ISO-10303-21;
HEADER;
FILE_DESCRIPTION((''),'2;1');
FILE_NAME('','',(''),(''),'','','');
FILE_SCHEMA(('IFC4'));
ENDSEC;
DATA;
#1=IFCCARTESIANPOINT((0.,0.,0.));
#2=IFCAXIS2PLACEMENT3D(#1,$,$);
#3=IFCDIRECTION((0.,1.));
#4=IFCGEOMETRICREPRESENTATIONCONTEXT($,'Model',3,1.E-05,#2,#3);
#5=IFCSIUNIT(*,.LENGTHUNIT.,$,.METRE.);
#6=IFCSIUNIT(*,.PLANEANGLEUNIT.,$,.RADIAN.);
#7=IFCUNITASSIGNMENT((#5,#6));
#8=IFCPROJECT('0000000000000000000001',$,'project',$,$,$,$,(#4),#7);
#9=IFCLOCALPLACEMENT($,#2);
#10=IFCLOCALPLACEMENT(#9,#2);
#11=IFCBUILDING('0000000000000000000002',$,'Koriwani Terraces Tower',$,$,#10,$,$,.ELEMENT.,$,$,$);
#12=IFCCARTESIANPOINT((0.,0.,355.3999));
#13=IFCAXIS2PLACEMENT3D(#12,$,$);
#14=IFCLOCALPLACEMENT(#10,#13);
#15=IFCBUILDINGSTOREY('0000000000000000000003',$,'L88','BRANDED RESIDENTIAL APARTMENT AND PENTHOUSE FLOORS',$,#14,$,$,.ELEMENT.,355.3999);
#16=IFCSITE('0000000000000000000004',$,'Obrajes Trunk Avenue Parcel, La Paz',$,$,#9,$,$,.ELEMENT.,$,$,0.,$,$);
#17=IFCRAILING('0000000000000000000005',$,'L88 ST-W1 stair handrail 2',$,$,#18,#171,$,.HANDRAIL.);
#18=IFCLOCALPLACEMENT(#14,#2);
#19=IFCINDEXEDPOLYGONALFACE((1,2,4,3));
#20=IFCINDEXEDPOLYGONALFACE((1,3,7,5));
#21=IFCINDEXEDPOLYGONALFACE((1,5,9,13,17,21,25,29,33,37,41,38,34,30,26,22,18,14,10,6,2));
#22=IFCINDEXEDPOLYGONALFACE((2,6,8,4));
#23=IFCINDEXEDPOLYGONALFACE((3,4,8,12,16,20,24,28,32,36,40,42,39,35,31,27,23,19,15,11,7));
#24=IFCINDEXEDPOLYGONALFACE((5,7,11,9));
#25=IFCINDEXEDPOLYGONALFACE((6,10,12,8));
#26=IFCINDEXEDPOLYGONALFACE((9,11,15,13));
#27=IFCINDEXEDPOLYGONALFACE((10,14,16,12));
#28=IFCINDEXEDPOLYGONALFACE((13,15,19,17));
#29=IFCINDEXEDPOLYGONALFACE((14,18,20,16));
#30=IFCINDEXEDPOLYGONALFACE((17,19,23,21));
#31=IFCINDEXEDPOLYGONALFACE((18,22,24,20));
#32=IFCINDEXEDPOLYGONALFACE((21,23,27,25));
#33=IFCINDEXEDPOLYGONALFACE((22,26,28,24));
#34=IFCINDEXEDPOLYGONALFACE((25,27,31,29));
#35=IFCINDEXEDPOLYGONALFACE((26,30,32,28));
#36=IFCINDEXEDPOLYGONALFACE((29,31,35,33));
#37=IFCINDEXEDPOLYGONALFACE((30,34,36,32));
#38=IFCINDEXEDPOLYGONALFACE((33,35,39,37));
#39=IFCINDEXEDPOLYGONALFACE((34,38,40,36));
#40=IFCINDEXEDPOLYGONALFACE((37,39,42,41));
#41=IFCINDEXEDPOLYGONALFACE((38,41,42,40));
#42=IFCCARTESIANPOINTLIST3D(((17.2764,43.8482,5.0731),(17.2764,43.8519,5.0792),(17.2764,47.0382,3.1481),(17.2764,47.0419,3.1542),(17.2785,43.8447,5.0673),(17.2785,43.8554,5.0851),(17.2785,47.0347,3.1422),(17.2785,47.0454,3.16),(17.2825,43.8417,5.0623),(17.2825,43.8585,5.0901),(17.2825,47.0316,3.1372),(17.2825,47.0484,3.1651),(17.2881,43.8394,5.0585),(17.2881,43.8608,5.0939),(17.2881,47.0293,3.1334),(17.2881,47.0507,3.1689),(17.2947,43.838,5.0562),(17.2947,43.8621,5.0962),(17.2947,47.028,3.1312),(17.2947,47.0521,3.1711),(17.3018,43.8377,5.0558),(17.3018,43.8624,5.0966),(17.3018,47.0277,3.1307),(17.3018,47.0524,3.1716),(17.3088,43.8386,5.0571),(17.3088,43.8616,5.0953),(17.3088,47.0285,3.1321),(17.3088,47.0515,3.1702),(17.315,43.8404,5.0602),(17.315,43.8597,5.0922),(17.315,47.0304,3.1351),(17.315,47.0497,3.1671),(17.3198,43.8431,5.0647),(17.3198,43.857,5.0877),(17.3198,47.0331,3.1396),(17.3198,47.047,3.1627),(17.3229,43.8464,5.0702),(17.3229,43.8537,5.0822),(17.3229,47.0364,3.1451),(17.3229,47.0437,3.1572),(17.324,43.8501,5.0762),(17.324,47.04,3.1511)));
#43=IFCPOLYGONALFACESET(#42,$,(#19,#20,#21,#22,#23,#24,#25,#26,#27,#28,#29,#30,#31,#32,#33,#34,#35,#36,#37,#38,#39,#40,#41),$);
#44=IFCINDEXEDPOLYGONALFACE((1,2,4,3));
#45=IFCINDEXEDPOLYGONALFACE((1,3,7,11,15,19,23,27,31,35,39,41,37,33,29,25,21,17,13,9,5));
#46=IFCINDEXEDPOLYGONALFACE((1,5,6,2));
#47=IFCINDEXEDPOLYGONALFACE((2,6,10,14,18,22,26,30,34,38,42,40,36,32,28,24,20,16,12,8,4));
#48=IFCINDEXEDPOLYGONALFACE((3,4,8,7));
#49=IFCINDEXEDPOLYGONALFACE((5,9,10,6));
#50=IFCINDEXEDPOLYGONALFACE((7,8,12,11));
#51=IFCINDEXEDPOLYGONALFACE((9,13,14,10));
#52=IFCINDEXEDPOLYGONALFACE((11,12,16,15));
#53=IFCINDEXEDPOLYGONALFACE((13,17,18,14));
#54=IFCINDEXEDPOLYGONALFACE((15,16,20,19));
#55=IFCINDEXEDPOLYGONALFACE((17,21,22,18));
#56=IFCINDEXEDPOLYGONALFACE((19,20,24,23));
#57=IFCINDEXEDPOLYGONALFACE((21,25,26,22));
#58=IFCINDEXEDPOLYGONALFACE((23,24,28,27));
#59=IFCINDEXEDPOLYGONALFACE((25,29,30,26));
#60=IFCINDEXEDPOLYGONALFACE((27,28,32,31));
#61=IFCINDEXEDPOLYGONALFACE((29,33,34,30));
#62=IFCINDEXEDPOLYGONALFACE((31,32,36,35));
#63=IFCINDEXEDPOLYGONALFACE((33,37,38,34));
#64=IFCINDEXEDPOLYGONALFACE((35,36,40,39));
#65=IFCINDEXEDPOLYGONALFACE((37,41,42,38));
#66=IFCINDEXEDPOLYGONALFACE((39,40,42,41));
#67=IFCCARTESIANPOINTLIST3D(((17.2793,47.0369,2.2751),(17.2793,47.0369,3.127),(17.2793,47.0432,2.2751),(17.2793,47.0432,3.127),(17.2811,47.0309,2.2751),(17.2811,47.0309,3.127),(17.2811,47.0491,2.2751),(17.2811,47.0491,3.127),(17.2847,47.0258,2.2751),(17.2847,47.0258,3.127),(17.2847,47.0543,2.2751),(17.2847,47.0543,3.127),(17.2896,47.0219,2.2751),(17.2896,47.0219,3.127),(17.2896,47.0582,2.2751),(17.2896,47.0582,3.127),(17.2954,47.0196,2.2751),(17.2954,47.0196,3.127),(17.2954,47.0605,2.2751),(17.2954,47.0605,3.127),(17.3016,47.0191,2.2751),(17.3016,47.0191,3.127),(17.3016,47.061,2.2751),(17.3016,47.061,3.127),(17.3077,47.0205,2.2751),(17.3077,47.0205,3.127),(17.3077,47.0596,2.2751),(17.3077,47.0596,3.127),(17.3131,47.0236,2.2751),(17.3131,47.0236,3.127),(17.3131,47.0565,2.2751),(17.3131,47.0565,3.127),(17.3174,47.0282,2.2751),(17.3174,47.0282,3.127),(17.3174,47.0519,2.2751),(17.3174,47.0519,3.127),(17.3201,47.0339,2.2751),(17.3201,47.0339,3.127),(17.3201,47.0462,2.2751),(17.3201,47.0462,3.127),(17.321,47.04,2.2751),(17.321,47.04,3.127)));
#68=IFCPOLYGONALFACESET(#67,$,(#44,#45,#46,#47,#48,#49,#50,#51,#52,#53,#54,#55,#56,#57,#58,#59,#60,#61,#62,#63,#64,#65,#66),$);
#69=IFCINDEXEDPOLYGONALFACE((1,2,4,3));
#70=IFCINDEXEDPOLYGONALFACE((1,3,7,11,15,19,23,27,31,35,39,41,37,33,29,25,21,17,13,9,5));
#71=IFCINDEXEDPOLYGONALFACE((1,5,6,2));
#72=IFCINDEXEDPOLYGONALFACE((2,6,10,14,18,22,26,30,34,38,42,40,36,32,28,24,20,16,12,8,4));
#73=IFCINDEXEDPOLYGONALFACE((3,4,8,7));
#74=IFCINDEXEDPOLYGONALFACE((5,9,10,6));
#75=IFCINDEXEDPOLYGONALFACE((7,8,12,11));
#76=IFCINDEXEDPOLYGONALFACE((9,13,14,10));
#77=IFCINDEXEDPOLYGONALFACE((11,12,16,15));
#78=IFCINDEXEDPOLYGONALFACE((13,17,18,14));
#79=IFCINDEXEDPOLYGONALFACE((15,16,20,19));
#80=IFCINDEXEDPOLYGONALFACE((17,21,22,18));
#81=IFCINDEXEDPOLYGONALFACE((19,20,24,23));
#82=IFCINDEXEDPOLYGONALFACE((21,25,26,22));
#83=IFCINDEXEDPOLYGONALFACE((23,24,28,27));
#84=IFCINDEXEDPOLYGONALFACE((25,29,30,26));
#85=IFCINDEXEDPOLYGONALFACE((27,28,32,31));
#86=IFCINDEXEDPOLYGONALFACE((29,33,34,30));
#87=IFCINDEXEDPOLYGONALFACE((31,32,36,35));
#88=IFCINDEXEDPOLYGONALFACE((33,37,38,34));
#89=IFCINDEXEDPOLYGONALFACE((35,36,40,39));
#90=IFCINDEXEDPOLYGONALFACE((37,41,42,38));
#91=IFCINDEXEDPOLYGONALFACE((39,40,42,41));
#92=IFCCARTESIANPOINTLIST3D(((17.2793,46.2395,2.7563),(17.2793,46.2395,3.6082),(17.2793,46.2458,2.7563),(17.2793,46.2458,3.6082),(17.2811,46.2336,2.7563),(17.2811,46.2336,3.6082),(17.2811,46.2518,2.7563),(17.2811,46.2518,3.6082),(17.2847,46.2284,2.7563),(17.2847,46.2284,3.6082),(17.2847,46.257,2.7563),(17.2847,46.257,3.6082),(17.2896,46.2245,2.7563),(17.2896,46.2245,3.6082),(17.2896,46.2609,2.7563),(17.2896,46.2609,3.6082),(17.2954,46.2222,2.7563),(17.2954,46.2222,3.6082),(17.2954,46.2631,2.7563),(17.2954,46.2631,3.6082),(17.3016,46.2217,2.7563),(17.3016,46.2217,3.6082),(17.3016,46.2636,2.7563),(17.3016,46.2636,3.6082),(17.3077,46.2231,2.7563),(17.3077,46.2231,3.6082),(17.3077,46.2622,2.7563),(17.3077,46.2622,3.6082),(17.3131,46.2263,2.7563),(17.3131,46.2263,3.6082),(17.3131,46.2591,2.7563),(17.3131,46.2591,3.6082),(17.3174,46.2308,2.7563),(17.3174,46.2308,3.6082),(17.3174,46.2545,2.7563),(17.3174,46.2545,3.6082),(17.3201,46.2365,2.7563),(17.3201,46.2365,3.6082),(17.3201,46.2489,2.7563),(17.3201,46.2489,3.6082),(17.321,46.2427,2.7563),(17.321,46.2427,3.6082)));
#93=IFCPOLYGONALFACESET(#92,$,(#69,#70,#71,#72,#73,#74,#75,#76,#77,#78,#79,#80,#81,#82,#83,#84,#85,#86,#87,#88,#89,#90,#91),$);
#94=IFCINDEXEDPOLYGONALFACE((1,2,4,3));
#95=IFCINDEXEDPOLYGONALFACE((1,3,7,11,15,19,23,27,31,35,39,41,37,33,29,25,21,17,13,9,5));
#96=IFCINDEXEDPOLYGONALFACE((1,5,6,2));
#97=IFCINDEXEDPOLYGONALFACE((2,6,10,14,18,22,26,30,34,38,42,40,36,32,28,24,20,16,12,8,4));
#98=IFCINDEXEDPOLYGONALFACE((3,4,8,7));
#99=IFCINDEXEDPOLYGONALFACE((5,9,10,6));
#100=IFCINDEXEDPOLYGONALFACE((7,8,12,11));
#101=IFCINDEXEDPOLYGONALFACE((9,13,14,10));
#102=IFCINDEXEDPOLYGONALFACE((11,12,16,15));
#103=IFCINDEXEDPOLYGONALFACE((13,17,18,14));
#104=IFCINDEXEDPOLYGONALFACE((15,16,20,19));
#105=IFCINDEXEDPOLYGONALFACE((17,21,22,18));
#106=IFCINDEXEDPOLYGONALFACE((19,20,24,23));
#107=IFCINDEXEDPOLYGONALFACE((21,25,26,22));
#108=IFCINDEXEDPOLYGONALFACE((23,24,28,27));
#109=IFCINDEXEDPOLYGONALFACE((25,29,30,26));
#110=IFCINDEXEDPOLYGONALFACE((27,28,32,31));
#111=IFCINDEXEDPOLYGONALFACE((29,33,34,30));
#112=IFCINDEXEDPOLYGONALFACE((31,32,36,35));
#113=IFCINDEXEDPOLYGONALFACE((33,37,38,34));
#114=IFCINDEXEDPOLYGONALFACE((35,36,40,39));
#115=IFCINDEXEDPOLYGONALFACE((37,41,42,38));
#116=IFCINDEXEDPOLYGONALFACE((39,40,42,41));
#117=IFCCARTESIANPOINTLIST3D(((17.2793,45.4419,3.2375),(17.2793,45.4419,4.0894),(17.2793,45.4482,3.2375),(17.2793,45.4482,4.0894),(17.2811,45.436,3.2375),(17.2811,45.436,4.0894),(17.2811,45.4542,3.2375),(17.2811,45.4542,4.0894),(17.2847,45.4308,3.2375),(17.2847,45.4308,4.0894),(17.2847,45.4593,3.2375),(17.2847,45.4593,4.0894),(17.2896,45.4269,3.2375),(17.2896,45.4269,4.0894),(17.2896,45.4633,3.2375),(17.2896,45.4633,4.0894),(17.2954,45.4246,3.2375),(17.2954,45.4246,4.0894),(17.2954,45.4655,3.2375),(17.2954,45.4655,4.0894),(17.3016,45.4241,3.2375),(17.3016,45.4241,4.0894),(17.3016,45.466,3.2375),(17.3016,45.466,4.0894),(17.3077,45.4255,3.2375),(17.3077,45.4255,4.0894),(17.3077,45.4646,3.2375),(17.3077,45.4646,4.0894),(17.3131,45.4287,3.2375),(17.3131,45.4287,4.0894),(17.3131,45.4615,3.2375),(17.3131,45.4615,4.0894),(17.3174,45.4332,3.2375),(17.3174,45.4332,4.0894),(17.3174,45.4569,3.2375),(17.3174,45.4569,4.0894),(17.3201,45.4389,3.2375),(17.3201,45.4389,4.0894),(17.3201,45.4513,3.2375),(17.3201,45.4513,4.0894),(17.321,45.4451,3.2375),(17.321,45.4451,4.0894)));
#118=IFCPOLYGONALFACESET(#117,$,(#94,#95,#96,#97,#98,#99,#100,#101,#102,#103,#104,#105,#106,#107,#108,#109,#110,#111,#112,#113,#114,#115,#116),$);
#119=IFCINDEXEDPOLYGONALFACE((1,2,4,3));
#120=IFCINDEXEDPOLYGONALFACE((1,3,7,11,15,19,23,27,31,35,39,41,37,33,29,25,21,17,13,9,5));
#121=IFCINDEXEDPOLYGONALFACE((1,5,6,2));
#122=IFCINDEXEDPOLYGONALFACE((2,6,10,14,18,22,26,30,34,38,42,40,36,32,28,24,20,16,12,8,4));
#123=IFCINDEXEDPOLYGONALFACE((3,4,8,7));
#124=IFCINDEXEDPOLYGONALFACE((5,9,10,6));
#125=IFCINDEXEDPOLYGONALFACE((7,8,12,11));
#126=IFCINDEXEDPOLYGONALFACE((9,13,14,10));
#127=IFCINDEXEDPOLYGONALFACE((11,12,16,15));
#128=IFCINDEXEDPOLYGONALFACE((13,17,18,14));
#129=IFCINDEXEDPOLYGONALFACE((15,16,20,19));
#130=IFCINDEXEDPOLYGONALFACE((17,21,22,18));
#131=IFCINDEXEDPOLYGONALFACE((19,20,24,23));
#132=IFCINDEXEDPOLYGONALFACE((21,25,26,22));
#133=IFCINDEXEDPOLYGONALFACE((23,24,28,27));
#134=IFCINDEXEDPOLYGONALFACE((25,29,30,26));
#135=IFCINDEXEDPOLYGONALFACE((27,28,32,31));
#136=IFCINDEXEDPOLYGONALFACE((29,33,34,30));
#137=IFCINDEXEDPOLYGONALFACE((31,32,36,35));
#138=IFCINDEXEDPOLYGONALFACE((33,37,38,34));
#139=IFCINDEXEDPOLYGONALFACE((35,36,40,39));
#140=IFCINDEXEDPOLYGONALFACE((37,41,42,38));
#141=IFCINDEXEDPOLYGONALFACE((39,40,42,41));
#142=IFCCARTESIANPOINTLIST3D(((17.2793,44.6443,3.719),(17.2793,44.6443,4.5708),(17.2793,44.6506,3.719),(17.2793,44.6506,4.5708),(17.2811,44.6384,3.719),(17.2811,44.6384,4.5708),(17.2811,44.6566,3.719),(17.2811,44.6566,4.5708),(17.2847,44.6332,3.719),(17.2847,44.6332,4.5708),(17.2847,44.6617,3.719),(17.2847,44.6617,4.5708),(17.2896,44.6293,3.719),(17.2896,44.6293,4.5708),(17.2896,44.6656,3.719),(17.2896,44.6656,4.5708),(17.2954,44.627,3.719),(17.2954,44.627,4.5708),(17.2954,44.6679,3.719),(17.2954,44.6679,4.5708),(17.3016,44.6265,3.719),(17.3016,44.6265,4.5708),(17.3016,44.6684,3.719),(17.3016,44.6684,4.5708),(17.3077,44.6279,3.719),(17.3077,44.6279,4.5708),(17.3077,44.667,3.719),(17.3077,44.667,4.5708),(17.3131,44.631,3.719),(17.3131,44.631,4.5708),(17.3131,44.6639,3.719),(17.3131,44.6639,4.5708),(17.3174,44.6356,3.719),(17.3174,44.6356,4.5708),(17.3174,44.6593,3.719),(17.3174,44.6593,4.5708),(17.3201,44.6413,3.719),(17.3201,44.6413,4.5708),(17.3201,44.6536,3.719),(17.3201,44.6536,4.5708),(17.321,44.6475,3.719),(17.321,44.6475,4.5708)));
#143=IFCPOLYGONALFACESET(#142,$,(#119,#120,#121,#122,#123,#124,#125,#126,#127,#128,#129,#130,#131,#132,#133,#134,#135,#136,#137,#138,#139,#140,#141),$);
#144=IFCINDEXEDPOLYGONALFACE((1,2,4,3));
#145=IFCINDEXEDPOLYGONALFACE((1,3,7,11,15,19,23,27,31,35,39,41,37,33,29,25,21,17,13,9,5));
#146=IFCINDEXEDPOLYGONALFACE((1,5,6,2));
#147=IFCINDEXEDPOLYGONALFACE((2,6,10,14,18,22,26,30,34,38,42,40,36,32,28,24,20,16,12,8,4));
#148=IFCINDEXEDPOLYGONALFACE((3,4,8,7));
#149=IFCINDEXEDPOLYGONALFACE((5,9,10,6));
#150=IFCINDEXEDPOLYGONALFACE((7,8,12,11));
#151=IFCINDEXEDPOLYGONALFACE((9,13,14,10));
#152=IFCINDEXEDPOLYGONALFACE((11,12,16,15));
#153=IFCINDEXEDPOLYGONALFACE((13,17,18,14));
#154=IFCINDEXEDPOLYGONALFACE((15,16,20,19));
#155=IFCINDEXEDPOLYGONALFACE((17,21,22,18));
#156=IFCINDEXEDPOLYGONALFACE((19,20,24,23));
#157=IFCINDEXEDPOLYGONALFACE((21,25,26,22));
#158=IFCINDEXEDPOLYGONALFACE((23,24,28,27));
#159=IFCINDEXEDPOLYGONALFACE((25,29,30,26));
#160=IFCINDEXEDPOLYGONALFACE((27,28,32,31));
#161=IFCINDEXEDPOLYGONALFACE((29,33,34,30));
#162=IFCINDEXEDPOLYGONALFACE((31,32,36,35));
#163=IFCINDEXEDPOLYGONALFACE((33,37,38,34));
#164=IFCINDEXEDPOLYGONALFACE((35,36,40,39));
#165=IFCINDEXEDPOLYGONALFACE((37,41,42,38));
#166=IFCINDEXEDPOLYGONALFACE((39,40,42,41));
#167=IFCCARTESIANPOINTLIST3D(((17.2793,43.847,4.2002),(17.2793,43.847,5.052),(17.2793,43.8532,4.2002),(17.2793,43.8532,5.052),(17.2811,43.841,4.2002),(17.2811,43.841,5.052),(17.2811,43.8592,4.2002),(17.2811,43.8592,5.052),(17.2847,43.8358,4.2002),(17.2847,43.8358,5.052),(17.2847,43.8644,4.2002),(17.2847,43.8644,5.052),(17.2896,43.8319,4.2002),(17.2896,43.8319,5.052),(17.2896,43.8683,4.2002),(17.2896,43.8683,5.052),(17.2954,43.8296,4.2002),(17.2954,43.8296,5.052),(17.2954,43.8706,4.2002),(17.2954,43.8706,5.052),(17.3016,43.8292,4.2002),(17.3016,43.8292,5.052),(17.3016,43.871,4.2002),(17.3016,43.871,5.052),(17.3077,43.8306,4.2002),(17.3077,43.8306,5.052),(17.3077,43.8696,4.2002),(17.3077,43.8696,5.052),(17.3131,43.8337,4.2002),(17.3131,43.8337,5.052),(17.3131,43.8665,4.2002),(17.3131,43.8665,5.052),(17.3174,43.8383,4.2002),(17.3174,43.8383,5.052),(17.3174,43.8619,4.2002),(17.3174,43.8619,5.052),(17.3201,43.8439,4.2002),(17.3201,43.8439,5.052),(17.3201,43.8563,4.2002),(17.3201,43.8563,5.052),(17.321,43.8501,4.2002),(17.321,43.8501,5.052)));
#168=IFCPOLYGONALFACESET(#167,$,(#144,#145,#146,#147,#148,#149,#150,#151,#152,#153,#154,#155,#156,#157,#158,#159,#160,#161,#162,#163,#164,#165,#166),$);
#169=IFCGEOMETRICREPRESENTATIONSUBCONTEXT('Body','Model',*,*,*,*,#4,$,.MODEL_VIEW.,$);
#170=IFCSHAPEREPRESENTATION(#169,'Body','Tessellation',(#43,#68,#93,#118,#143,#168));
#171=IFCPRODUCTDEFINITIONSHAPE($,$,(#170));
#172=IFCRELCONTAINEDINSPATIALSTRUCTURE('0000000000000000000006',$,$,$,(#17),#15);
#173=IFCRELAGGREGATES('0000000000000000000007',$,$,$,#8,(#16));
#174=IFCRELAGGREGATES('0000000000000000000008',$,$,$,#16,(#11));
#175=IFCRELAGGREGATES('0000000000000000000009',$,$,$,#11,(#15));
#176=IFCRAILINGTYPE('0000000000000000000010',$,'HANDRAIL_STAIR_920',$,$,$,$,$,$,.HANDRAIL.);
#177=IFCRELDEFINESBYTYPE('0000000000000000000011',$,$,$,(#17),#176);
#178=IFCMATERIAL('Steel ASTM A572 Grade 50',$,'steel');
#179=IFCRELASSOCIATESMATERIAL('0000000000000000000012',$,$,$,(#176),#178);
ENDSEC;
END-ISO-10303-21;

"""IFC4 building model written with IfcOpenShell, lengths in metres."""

from ifc_helpers import new_model, si_unit, direction, frame, origin, origin_2d, place, context, subcontext, project, spatial, circle, extrude, material, type_object, element, save


model = new_model("IFC4")

# Units and contexts
model_context = context("Model", 3, precision=1e-05, world=origin(), true_north=direction((0.0, 1.0)))
body_context = subcontext(model_context, "Body", "Model", "MODEL_VIEW")
ifc_project = project(units=[si_unit("LENGTHUNIT", "METRE"), si_unit("PLANEANGLEUNIT", "RADIAN")], contexts=[model_context])

# Site, building, storey
site_placement = place(None, origin())
site = spatial("IfcSite", under=ifc_project, at=site_placement, Name="Obrajes Trunk Avenue Parcel, La Paz", CompositionType="ELEMENT", RefElevation=0.0)
building_placement = place(site_placement, origin())
building = spatial("IfcBuilding", under=site, at=building_placement, Name="Koriwani Terraces Tower", CompositionType="ELEMENT")
storey_placement = place(building_placement, frame((0.0, 0.0, 355.3999)))
storey = spatial("IfcBuildingStorey", under=building, at=storey_placement, Name="L88", Description="BRANDED RESIDENTIAL APARTMENT AND PENTHOUSE FLOORS", CompositionType="ELEMENT", Elevation=355.3999)

# Shared definitions
ifc_material_1 = material(Name="Steel ASTM A572 Grade 50", Category="steel")

# Railing
railing_type_1 = type_object("IfcRailingType", Name="HANDRAIL_STAIR_920", PredefinedType="HANDRAIL", material=ifc_material_1)
railing_1_placement = place(storey_placement, frame((17.3, 47.04, 2.2751)))
element("IfcRailing", 1, at=railing_1_placement, inside=storey, type_object=railing_type_1, Name="L88 ST-W1 stair handrail 2", PredefinedType="HANDRAIL", context=body_context, shape_type="SweptSolid", body=[
    extrude(circle(Radius=0.0239, at=origin_2d()), frame((0.0, 0.0, 0.876), z_axis=(0.0, -0.856178, 0.516682), x_axis=(1.0, 0.0, 0.0)), (0.0, 0.0, 1.0), 3.7258),
    extrude(circle(Radius=0.021, at=origin_2d()), origin(), (0.0, 0.0, 1.0), 0.8518),
    extrude(circle(Radius=0.021, at=origin_2d()), frame((0.0, -0.7974, 0.4812)), (0.0, 0.0, 1.0), 0.8518),
    extrude(circle(Radius=0.021, at=origin_2d()), frame((0.0, -1.595, 0.9624)), (0.0, 0.0, 1.0), 0.8518),
    extrude(circle(Radius=0.021, at=origin_2d()), frame((0.0, -2.3926, 1.4438)), (0.0, 0.0, 1.0), 0.8518),
    extrude(circle(Radius=0.021, at=origin_2d()), frame((0.0, -3.1899, 1.925)), (0.0, 0.0, 1.0), 0.8518),
])

save(model, "model.ifc")
